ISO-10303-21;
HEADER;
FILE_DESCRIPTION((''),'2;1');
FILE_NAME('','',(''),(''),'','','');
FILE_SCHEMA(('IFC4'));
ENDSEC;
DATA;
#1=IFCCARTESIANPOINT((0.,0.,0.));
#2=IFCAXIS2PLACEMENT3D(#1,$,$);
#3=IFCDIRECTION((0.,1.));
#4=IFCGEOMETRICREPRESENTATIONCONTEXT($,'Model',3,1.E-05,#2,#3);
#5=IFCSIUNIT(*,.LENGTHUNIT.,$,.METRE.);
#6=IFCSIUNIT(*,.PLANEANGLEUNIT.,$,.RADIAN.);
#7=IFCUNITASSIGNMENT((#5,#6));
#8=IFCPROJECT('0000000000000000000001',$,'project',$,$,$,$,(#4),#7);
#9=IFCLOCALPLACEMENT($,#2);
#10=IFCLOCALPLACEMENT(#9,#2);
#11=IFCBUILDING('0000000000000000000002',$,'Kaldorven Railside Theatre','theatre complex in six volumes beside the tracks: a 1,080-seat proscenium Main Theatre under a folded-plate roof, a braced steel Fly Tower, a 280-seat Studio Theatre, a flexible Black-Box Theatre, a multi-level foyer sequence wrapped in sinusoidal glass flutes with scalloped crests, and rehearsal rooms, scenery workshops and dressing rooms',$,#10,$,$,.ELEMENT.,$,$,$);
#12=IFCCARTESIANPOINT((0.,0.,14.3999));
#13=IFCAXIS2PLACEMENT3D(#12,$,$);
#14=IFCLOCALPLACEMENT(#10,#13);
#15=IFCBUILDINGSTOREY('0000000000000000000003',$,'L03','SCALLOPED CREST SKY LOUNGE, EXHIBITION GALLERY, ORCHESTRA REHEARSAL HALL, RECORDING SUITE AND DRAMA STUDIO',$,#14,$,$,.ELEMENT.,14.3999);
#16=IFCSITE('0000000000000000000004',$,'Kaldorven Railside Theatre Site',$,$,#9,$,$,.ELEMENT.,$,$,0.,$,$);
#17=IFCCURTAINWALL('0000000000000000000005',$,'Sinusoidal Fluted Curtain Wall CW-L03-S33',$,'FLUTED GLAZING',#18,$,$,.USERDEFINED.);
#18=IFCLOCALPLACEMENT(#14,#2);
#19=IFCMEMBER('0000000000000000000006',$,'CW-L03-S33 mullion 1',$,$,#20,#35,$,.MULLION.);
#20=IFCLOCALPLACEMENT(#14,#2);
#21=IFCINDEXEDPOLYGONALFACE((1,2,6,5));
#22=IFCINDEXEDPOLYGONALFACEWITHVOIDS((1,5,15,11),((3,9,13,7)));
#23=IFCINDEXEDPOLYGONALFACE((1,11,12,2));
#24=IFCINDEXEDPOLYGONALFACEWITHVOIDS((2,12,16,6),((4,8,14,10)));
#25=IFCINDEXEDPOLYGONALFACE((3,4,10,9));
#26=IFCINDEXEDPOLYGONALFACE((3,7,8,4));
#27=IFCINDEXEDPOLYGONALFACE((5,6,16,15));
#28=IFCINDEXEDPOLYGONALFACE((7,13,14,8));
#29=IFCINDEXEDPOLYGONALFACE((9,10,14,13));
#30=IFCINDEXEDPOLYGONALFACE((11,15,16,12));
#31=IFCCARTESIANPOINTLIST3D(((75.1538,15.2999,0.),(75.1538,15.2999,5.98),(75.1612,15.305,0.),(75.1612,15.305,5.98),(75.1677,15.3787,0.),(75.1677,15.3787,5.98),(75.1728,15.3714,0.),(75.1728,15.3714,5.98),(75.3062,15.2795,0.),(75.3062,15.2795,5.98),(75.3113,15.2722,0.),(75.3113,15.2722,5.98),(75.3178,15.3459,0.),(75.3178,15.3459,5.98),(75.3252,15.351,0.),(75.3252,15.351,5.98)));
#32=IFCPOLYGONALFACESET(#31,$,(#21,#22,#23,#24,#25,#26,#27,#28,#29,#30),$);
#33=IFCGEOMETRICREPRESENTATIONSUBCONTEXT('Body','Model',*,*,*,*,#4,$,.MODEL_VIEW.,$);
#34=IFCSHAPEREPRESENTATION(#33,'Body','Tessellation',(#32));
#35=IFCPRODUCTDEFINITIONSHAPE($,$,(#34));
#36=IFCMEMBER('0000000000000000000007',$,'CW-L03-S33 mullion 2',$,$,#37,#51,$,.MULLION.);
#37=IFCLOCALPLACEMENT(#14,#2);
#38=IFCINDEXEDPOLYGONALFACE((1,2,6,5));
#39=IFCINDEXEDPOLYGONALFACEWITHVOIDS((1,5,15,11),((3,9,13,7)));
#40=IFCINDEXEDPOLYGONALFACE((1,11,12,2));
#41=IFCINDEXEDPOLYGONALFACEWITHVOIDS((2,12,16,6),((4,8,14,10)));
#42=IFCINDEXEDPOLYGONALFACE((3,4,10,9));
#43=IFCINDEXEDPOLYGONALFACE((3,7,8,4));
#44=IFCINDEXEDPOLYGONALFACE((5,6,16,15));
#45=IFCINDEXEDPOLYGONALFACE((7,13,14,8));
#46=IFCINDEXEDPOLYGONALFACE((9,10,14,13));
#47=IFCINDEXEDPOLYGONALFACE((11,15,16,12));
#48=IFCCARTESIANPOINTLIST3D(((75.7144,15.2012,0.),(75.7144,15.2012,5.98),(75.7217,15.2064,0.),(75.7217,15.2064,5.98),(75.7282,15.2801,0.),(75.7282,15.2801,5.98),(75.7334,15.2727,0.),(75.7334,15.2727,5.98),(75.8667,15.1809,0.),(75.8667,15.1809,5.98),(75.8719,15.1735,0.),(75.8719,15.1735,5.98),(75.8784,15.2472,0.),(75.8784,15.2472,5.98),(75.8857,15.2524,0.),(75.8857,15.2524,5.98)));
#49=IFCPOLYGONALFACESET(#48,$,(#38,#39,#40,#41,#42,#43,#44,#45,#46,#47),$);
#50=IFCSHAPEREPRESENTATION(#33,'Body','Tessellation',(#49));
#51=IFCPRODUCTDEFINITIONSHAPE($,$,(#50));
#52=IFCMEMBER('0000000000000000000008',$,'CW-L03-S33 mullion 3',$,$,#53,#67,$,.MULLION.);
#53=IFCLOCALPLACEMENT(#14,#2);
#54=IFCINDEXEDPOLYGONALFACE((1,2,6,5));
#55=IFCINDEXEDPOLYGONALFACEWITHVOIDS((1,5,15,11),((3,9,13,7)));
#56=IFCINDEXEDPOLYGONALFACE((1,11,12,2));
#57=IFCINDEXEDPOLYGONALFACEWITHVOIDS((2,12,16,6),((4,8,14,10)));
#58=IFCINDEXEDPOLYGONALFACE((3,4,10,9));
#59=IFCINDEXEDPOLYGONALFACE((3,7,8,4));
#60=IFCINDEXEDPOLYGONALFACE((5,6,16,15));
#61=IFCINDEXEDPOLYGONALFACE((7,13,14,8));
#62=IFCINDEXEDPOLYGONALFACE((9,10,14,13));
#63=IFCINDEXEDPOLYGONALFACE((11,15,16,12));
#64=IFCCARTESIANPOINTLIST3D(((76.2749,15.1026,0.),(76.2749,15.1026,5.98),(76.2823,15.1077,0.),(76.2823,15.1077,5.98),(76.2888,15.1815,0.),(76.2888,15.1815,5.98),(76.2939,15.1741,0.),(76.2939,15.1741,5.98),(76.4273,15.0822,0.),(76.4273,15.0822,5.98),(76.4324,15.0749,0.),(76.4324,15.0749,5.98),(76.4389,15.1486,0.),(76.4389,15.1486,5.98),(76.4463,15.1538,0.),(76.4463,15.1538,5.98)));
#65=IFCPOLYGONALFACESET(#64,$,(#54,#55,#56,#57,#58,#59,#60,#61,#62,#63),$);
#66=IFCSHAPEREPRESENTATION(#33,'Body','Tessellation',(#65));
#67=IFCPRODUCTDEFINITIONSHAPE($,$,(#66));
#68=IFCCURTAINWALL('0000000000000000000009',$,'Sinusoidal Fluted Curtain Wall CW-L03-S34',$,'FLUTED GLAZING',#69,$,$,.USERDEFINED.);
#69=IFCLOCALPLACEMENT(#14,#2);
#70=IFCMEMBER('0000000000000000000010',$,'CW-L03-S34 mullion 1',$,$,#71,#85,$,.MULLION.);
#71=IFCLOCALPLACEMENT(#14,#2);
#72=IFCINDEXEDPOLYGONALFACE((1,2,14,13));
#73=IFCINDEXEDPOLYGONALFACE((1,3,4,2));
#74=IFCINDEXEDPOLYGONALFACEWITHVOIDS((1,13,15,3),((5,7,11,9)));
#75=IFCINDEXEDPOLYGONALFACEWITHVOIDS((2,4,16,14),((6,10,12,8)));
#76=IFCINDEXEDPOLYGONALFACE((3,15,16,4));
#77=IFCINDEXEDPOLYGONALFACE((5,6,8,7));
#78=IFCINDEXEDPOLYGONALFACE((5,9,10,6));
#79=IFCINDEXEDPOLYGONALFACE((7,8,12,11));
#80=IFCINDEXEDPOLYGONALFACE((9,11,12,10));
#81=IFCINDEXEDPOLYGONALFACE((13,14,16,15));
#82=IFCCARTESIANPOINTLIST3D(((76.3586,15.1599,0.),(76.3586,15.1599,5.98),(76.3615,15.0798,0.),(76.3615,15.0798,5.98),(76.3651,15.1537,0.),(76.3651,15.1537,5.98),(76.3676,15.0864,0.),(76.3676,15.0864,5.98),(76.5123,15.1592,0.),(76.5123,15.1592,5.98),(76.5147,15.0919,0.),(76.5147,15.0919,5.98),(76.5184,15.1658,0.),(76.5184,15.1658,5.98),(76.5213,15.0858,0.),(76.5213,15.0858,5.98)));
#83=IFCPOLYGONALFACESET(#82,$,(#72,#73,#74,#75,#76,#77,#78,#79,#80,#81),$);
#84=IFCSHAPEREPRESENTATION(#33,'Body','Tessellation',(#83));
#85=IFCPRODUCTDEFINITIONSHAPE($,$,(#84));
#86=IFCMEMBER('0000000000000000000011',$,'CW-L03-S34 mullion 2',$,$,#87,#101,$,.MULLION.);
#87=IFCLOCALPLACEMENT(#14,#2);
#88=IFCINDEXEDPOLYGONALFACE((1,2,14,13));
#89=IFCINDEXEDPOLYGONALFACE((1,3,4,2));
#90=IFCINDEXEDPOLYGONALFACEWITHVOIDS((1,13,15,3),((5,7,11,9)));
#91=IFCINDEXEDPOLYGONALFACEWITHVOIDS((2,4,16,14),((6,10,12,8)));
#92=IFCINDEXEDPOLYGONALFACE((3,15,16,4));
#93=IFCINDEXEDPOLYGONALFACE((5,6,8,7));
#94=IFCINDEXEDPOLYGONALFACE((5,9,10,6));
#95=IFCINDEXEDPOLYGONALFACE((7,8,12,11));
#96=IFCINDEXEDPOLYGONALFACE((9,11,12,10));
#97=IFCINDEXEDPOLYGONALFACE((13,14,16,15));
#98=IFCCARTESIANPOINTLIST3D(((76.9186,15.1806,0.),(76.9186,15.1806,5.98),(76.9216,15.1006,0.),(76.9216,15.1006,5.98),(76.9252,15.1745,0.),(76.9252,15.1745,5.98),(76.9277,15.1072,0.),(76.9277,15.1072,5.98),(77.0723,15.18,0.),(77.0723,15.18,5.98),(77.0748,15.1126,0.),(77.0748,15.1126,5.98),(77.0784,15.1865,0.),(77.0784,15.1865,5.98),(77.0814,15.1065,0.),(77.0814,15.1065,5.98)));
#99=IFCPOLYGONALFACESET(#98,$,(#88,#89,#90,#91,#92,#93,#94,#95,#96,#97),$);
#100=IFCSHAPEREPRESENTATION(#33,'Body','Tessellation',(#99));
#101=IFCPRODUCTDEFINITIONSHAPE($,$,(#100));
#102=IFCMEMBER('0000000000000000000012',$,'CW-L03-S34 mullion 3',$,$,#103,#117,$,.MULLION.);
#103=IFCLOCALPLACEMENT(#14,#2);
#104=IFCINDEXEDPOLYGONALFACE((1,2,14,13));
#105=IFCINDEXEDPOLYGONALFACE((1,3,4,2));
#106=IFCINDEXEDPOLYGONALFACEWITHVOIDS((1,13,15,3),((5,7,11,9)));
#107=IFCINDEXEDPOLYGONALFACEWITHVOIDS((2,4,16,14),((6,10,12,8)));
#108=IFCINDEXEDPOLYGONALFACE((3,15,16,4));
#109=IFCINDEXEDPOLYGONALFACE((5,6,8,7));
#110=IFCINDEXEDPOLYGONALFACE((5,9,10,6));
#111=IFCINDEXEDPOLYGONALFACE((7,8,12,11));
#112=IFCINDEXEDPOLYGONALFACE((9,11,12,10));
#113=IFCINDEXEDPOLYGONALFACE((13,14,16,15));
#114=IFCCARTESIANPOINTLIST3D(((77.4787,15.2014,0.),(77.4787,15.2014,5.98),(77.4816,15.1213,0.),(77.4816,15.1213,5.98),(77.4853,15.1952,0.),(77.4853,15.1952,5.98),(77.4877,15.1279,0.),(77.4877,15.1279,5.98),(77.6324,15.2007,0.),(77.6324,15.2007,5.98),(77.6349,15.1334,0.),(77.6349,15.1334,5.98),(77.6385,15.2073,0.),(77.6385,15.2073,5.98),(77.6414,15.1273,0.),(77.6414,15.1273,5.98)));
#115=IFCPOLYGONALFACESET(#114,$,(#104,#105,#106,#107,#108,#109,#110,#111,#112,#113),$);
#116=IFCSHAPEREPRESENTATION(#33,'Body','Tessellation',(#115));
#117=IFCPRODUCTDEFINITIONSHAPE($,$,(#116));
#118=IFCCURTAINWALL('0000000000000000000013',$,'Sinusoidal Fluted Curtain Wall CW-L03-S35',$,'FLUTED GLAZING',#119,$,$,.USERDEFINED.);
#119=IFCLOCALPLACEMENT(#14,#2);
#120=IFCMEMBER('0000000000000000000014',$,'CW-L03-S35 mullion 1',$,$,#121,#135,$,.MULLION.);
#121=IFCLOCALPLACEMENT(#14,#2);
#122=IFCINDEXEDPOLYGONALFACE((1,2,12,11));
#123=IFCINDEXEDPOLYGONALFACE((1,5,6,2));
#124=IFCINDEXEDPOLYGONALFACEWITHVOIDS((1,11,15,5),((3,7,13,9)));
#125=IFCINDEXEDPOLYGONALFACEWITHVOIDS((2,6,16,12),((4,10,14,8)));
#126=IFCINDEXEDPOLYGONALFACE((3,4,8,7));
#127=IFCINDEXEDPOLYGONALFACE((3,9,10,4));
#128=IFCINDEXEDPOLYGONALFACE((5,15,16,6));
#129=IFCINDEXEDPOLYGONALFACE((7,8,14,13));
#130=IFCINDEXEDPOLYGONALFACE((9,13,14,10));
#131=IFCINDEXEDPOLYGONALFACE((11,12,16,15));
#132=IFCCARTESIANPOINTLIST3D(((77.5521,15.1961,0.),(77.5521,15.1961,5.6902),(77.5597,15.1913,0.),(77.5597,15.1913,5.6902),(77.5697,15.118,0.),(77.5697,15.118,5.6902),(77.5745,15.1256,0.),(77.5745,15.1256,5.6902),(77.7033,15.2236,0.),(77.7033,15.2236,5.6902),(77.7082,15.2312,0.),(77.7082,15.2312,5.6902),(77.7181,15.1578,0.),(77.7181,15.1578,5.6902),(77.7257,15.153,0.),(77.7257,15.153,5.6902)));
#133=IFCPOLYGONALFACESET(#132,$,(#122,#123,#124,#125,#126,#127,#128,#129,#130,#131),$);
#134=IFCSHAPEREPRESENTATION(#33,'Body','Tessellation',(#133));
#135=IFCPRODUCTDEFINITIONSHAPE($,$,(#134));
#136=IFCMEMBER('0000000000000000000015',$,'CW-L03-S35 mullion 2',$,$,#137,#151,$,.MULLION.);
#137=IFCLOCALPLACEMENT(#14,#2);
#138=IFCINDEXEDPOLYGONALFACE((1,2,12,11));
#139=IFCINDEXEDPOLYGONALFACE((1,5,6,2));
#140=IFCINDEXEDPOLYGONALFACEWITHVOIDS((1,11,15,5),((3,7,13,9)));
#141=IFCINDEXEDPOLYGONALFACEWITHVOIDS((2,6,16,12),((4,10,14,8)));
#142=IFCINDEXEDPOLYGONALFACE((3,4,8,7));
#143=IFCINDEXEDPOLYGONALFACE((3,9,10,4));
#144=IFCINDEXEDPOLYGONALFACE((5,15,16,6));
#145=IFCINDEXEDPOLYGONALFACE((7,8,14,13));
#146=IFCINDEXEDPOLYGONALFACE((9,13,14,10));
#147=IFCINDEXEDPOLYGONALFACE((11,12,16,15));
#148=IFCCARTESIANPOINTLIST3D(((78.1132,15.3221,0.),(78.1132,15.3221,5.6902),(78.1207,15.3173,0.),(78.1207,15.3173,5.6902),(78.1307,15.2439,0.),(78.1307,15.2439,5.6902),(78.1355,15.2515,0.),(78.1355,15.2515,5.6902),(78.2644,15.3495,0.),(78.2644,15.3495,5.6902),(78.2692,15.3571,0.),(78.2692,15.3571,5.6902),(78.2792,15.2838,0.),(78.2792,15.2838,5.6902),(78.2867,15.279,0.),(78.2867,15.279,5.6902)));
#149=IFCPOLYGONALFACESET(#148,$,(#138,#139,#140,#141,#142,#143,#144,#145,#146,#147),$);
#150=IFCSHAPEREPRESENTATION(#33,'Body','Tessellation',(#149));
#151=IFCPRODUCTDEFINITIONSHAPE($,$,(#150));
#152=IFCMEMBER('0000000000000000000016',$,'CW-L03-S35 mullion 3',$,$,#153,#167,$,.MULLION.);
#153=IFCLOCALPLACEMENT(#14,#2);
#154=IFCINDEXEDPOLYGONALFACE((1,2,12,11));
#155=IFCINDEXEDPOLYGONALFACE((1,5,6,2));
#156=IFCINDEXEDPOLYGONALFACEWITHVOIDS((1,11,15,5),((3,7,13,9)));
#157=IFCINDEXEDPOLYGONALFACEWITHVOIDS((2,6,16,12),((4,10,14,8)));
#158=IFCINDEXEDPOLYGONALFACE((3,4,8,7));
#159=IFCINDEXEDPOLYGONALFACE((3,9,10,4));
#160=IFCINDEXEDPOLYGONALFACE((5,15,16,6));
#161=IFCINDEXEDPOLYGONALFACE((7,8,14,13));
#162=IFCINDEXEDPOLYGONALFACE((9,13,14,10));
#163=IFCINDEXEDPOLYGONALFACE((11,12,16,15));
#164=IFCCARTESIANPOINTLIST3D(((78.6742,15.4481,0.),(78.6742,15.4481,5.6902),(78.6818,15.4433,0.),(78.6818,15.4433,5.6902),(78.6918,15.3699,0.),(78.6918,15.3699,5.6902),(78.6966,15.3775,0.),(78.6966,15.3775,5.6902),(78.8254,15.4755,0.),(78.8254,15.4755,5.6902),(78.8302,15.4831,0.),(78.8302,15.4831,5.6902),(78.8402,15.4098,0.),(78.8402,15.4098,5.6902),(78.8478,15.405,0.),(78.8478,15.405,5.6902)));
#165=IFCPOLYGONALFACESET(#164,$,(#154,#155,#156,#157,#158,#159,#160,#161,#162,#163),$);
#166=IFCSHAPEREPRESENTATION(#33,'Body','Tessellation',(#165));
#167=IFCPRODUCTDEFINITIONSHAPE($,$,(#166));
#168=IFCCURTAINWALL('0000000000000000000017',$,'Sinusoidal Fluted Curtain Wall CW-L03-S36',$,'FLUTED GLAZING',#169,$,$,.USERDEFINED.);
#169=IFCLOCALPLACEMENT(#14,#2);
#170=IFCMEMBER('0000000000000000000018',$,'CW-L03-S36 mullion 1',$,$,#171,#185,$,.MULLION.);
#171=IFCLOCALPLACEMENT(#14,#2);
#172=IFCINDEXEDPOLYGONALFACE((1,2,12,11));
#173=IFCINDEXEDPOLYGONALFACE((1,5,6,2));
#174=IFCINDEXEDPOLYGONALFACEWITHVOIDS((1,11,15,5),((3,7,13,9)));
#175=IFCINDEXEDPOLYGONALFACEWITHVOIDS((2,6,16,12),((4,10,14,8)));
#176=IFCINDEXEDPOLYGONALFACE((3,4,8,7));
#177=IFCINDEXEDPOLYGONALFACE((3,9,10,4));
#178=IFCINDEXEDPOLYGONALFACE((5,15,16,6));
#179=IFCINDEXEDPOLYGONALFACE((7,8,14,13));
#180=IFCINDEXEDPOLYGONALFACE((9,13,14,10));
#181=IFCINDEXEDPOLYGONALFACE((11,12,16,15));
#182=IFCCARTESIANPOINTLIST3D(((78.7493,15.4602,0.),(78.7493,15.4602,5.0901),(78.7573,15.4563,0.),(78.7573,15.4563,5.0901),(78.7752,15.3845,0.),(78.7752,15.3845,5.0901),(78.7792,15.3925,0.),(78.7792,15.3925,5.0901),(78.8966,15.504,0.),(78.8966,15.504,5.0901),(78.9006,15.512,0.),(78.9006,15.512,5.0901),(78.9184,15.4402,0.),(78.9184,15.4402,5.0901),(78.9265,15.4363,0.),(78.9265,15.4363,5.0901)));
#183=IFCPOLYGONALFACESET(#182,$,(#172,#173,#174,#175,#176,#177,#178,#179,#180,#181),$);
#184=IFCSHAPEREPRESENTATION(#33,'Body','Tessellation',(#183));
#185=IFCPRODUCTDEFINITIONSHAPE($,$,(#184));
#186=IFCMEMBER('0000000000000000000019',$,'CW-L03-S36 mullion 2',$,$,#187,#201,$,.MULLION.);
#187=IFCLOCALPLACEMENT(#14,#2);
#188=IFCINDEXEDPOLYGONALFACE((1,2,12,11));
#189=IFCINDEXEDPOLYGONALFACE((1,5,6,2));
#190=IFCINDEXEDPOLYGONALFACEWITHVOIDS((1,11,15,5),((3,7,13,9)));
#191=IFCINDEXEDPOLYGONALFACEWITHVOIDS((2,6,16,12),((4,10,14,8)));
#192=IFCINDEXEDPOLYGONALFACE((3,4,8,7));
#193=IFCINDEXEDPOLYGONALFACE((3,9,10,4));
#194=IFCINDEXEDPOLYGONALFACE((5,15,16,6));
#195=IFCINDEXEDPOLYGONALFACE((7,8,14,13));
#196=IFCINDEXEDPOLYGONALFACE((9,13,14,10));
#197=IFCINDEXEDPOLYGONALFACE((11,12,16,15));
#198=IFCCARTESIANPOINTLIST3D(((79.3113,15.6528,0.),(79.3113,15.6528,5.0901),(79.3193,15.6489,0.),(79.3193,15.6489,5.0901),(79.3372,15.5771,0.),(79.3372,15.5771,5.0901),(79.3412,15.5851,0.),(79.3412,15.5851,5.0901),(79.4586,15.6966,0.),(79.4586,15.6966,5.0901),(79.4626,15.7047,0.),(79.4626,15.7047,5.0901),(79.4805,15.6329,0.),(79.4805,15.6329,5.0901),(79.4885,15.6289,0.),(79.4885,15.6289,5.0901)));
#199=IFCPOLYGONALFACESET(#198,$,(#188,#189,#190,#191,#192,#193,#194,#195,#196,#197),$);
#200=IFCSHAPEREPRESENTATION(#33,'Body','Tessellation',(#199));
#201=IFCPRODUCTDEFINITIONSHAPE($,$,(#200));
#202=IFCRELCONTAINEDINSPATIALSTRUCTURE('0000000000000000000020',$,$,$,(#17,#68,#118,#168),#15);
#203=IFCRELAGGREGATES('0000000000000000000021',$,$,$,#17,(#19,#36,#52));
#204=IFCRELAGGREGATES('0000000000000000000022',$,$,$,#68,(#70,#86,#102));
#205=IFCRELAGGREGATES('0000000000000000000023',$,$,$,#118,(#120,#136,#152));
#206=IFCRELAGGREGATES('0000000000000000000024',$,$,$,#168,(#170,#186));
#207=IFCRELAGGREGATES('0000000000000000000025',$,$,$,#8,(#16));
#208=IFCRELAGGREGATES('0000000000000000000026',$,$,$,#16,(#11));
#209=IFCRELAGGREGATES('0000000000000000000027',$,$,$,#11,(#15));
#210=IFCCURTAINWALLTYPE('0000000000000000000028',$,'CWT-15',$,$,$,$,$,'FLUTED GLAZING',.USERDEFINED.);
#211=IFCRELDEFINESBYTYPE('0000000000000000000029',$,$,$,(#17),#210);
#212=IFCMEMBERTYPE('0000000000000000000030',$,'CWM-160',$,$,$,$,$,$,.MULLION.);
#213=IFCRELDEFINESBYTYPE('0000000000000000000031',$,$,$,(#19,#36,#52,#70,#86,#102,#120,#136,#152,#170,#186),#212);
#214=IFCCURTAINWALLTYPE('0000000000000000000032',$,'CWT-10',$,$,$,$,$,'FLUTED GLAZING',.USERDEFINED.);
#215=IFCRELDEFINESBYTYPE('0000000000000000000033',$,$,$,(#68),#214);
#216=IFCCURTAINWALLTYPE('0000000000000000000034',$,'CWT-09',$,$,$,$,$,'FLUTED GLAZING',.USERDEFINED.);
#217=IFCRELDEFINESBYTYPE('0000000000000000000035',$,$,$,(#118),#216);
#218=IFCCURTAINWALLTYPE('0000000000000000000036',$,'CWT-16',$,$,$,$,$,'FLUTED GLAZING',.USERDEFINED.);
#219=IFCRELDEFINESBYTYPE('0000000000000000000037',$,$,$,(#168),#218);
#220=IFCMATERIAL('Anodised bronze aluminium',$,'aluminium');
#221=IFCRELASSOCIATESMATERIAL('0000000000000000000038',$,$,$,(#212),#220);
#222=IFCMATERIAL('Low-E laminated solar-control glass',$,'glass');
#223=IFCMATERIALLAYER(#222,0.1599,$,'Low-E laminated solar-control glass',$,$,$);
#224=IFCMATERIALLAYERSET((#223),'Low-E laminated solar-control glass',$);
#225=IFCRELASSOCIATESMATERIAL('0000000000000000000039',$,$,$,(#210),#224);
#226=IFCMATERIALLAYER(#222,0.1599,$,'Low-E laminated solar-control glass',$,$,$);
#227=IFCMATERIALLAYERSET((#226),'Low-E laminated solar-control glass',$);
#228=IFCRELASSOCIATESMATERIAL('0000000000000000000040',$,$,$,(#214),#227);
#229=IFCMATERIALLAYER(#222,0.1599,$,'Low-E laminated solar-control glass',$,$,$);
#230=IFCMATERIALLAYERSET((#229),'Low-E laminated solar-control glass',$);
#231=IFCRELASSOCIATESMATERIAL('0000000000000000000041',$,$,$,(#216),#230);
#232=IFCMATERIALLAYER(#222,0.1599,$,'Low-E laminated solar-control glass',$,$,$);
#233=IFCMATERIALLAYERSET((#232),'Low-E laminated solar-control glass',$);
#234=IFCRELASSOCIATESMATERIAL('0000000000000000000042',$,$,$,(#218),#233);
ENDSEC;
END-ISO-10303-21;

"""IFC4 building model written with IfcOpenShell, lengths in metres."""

from ifc_helpers import new_model, si_unit, direction, frame, origin, origin_2d, place, context, subcontext, project, spatial, hollow_rectangle, extrude, material, layer, layer_set, material_profile, profile_set, type_object, element, aggregate, save


model = new_model("IFC4")

# Units and contexts
model_context = context("Model", 3, precision=1e-05, world=origin(), true_north=direction((0.0, 1.0)))
body_context = subcontext(model_context, "Body", "Model", "MODEL_VIEW")
ifc_project = project(units=[si_unit("LENGTHUNIT", "METRE"), si_unit("PLANEANGLEUNIT", "RADIAN")], contexts=[model_context])

# Site, building, storey
site_placement = place(None, origin())
site = spatial("IfcSite", under=ifc_project, at=site_placement, Name="Kaldorven Railside Theatre Site", CompositionType="ELEMENT", RefElevation=0.0)
building_placement = place(site_placement, origin())
building = spatial("IfcBuilding", under=site, at=building_placement, Name="Kaldorven Railside Theatre", Description="theatre complex in six volumes beside the tracks: a 1,080-seat proscenium Main Theatre under a folded-plate roof, a braced steel Fly Tower, a 280-seat Studio Theatre, a flexible Black-Box Theatre, a multi-level foyer sequence wrapped in sinusoidal glass flutes with scalloped crests, and rehearsal rooms, scenery workshops and dressing rooms", CompositionType="ELEMENT")
storey_placement = place(building_placement, frame((0.0, 0.0, 14.3999)))
storey = spatial("IfcBuildingStorey", under=building, at=storey_placement, Name="L03", Description="SCALLOPED CREST SKY LOUNGE, EXHIBITION GALLERY, ORCHESTRA REHEARSAL HALL, RECORDING SUITE AND DRAMA STUDIO", CompositionType="ELEMENT", Elevation=14.3999)

# Shared definitions
ifc_material_1 = material(Name="Low-E laminated solar-control glass", Category="glass")
ifc_material_2 = material(Name="Anodised bronze aluminium", Category="aluminium")
ifc_material_profile_1 = material_profile(ifc_material_2, hollow_rectangle(XDim=0.0801, YDim=0.1599, WallThickness=0.0063, at=origin_2d()), Name="RHS 160x80x6.3")
ifc_profile_set_1 = profile_set([ifc_material_profile_1], Name="Anodised bronze aluminium")
member_type_1 = type_object("IfcMemberType", Name="CWM-160", PredefinedType="MULLION", material=ifc_profile_set_1)

# Curtain walls, members
ifc_layer_1 = layer(ifc_material_1, 0.1599, Name="Low-E laminated solar-control glass")
ifc_layer_set_1 = layer_set([ifc_layer_1], Name="Low-E laminated solar-control glass")
curtain_wall_type_1 = type_object("IfcCurtainWallType", Name="CWT-15", ElementType="FLUTED GLAZING", PredefinedType="USERDEFINED", material=ifc_layer_set_1)
curtain_wall_1_placement = place(storey_placement, origin())
curtain_wall_1 = element("IfcCurtainWall", 1, at=curtain_wall_1_placement, inside=storey, type_object=curtain_wall_type_1, Name="Sinusoidal Fluted Curtain Wall CW-L03-S33", ObjectType="FLUTED GLAZING", PredefinedType="USERDEFINED")
member_1_placement = place(storey_placement, frame((75.2395, 15.3254, 0.0), z_axis=(0.0, 0.0, 1.0), x_axis=(0.173256, 0.984877, 0.0)))
member_1 = element("IfcMember", 2, at=member_1_placement, type_object=member_type_1, Name="CW-L03-S33 mullion 1", PredefinedType="MULLION", context=body_context, shape_type="SweptSolid", body=[
    extrude(hollow_rectangle(XDim=0.0801, YDim=0.1599, WallThickness=0.0063, at=origin_2d()), origin(), (0.0, 0.0, 1.0), 5.98),
])
member_2_placement = place(storey_placement, frame((75.8, 15.2268, 0.0), z_axis=(0.0, 0.0, 1.0), x_axis=(0.173256, 0.984877, 0.0)))
member_2 = element("IfcMember", 3, at=member_2_placement, type_object=member_type_1, Name="CW-L03-S33 mullion 2", PredefinedType="MULLION", context=body_context, shape_type="SweptSolid", body=[
    extrude(hollow_rectangle(XDim=0.0801, YDim=0.1599, WallThickness=0.0063, at=origin_2d()), origin(), (0.0, 0.0, 1.0), 5.98),
])
member_3_placement = place(storey_placement, frame((76.3606, 15.1282, 0.0), z_axis=(0.0, 0.0, 1.0), x_axis=(0.173256, 0.984877, 0.0)))
member_3 = element("IfcMember", 4, at=member_3_placement, type_object=member_type_1, Name="CW-L03-S33 mullion 3", PredefinedType="MULLION", context=body_context, shape_type="SweptSolid", body=[
    extrude(hollow_rectangle(XDim=0.0801, YDim=0.1599, WallThickness=0.0063, at=origin_2d()), origin(), (0.0, 0.0, 1.0), 5.98),
])
ifc_layer_2 = layer(ifc_material_1, 0.1599, Name="Low-E laminated solar-control glass")
ifc_layer_set_2 = layer_set([ifc_layer_2], Name="Low-E laminated solar-control glass")
curtain_wall_type_2 = type_object("IfcCurtainWallType", Name="CWT-10", ElementType="FLUTED GLAZING", PredefinedType="USERDEFINED", material=ifc_layer_set_2)
curtain_wall_2_placement = place(storey_placement, origin())
curtain_wall_2 = element("IfcCurtainWall", 5, at=curtain_wall_2_placement, inside=storey, type_object=curtain_wall_type_2, Name="Sinusoidal Fluted Curtain Wall CW-L03-S34", ObjectType="FLUTED GLAZING", PredefinedType="USERDEFINED")
member_4_placement = place(storey_placement, frame((76.4399, 15.1228, 0.0), z_axis=(0.0, 0.0, 1.0), x_axis=(-0.037058, 0.999313, 0.0)))
member_4 = element("IfcMember", 6, at=member_4_placement, type_object=member_type_1, Name="CW-L03-S34 mullion 1", PredefinedType="MULLION", context=body_context, shape_type="SweptSolid", body=[
    extrude(hollow_rectangle(XDim=0.0801, YDim=0.1599, WallThickness=0.0063, at=origin_2d()), origin(), (0.0, 0.0, 1.0), 5.98),
])
member_5_placement = place(storey_placement, frame((77.0, 15.1436, 0.0), z_axis=(0.0, 0.0, 1.0), x_axis=(-0.037058, 0.999313, 0.0)))
member_5 = element("IfcMember", 7, at=member_5_placement, type_object=member_type_1, Name="CW-L03-S34 mullion 2", PredefinedType="MULLION", context=body_context, shape_type="SweptSolid", body=[
    extrude(hollow_rectangle(XDim=0.0801, YDim=0.1599, WallThickness=0.0063, at=origin_2d()), origin(), (0.0, 0.0, 1.0), 5.98),
])
member_6_placement = place(storey_placement, frame((77.5601, 15.1643, 0.0), z_axis=(0.0, 0.0, 1.0), x_axis=(-0.037058, 0.999313, 0.0)))
member_6 = element("IfcMember", 8, at=member_6_placement, type_object=member_type_1, Name="CW-L03-S34 mullion 3", PredefinedType="MULLION", context=body_context, shape_type="SweptSolid", body=[
    extrude(hollow_rectangle(XDim=0.0801, YDim=0.1599, WallThickness=0.0063, at=origin_2d()), origin(), (0.0, 0.0, 1.0), 5.98),
])
ifc_layer_3 = layer(ifc_material_1, 0.1599, Name="Low-E laminated solar-control glass")
ifc_layer_set_3 = layer_set([ifc_layer_3], Name="Low-E laminated solar-control glass")
curtain_wall_type_3 = type_object("IfcCurtainWallType", Name="CWT-09", ElementType="FLUTED GLAZING", PredefinedType="USERDEFINED", material=ifc_layer_set_3)
curtain_wall_3_placement = place(storey_placement, origin())
curtain_wall_3 = element("IfcCurtainWall", 9, at=curtain_wall_3_placement, inside=storey, type_object=curtain_wall_type_3, Name="Sinusoidal Fluted Curtain Wall CW-L03-S35", ObjectType="FLUTED GLAZING", PredefinedType="USERDEFINED")
member_7_placement = place(storey_placement, frame((77.6389, 15.1746, 0.0), z_axis=(0.0, 0.0, 1.0), x_axis=(-0.219203, 0.975679, 0.0)))
member_7 = element("IfcMember", 10, at=member_7_placement, type_object=member_type_1, Name="CW-L03-S35 mullion 1", PredefinedType="MULLION", context=body_context, shape_type="SweptSolid", body=[
    extrude(hollow_rectangle(XDim=0.0801, YDim=0.1599, WallThickness=0.0063, at=origin_2d()), origin(), (0.0, 0.0, 1.0), 5.6902),
])
member_8_placement = place(storey_placement, frame((78.2, 15.3005, 0.0), z_axis=(0.0, 0.0, 1.0), x_axis=(-0.219203, 0.975679, 0.0)))
member_8 = element("IfcMember", 11, at=member_8_placement, type_object=member_type_1, Name="CW-L03-S35 mullion 2", PredefinedType="MULLION", context=body_context, shape_type="SweptSolid", body=[
    extrude(hollow_rectangle(XDim=0.0801, YDim=0.1599, WallThickness=0.0063, at=origin_2d()), origin(), (0.0, 0.0, 1.0), 5.6902),
])
member_9_placement = place(storey_placement, frame((78.761, 15.4265, 0.0), z_axis=(0.0, 0.0, 1.0), x_axis=(-0.219203, 0.975679, 0.0)))
member_9 = element("IfcMember", 12, at=member_9_placement, type_object=member_type_1, Name="CW-L03-S35 mullion 3", PredefinedType="MULLION", context=body_context, shape_type="SweptSolid", body=[
    extrude(hollow_rectangle(XDim=0.0801, YDim=0.1599, WallThickness=0.0063, at=origin_2d()), origin(), (0.0, 0.0, 1.0), 5.6902),
])
ifc_layer_4 = layer(ifc_material_1, 0.1599, Name="Low-E laminated solar-control glass")
ifc_layer_set_4 = layer_set([ifc_layer_4], Name="Low-E laminated solar-control glass")
curtain_wall_type_4 = type_object("IfcCurtainWallType", Name="CWT-16", ElementType="FLUTED GLAZING", PredefinedType="USERDEFINED", material=ifc_layer_set_4)
curtain_wall_4_placement = place(storey_placement, origin())
curtain_wall_4 = element("IfcCurtainWall", 13, at=curtain_wall_4_placement, inside=storey, type_object=curtain_wall_type_4, Name="Sinusoidal Fluted Curtain Wall CW-L03-S36", ObjectType="FLUTED GLAZING", PredefinedType="USERDEFINED")
member_10_placement = place(storey_placement, frame((78.8379, 15.4482, 0.0), z_axis=(0.0, 0.0, 1.0), x_axis=(-0.324093, 0.946025, 0.0)))
member_10 = element("IfcMember", 14, at=member_10_placement, type_object=member_type_1, Name="CW-L03-S36 mullion 1", PredefinedType="MULLION", context=body_context, shape_type="SweptSolid", body=[
    extrude(hollow_rectangle(XDim=0.0801, YDim=0.1599, WallThickness=0.0063, at=origin_2d()), origin(), (0.0, 0.0, 1.0), 5.0901),
])
member_11_placement = place(storey_placement, frame((79.3999, 15.6409, 0.0), z_axis=(0.0, 0.0, 1.0), x_axis=(-0.324093, 0.946025, 0.0)))
member_11 = element("IfcMember", 15, at=member_11_placement, type_object=member_type_1, Name="CW-L03-S36 mullion 2", PredefinedType="MULLION", context=body_context, shape_type="SweptSolid", body=[
    extrude(hollow_rectangle(XDim=0.0801, YDim=0.1599, WallThickness=0.0063, at=origin_2d()), origin(), (0.0, 0.0, 1.0), 5.0901),
])

aggregate(curtain_wall_1, [member_1, member_2, member_3])
aggregate(curtain_wall_2, [member_4, member_5, member_6])
aggregate(curtain_wall_3, [member_7, member_8, member_9])
aggregate(curtain_wall_4, [member_10, member_11])

save(model, "model.ifc")
